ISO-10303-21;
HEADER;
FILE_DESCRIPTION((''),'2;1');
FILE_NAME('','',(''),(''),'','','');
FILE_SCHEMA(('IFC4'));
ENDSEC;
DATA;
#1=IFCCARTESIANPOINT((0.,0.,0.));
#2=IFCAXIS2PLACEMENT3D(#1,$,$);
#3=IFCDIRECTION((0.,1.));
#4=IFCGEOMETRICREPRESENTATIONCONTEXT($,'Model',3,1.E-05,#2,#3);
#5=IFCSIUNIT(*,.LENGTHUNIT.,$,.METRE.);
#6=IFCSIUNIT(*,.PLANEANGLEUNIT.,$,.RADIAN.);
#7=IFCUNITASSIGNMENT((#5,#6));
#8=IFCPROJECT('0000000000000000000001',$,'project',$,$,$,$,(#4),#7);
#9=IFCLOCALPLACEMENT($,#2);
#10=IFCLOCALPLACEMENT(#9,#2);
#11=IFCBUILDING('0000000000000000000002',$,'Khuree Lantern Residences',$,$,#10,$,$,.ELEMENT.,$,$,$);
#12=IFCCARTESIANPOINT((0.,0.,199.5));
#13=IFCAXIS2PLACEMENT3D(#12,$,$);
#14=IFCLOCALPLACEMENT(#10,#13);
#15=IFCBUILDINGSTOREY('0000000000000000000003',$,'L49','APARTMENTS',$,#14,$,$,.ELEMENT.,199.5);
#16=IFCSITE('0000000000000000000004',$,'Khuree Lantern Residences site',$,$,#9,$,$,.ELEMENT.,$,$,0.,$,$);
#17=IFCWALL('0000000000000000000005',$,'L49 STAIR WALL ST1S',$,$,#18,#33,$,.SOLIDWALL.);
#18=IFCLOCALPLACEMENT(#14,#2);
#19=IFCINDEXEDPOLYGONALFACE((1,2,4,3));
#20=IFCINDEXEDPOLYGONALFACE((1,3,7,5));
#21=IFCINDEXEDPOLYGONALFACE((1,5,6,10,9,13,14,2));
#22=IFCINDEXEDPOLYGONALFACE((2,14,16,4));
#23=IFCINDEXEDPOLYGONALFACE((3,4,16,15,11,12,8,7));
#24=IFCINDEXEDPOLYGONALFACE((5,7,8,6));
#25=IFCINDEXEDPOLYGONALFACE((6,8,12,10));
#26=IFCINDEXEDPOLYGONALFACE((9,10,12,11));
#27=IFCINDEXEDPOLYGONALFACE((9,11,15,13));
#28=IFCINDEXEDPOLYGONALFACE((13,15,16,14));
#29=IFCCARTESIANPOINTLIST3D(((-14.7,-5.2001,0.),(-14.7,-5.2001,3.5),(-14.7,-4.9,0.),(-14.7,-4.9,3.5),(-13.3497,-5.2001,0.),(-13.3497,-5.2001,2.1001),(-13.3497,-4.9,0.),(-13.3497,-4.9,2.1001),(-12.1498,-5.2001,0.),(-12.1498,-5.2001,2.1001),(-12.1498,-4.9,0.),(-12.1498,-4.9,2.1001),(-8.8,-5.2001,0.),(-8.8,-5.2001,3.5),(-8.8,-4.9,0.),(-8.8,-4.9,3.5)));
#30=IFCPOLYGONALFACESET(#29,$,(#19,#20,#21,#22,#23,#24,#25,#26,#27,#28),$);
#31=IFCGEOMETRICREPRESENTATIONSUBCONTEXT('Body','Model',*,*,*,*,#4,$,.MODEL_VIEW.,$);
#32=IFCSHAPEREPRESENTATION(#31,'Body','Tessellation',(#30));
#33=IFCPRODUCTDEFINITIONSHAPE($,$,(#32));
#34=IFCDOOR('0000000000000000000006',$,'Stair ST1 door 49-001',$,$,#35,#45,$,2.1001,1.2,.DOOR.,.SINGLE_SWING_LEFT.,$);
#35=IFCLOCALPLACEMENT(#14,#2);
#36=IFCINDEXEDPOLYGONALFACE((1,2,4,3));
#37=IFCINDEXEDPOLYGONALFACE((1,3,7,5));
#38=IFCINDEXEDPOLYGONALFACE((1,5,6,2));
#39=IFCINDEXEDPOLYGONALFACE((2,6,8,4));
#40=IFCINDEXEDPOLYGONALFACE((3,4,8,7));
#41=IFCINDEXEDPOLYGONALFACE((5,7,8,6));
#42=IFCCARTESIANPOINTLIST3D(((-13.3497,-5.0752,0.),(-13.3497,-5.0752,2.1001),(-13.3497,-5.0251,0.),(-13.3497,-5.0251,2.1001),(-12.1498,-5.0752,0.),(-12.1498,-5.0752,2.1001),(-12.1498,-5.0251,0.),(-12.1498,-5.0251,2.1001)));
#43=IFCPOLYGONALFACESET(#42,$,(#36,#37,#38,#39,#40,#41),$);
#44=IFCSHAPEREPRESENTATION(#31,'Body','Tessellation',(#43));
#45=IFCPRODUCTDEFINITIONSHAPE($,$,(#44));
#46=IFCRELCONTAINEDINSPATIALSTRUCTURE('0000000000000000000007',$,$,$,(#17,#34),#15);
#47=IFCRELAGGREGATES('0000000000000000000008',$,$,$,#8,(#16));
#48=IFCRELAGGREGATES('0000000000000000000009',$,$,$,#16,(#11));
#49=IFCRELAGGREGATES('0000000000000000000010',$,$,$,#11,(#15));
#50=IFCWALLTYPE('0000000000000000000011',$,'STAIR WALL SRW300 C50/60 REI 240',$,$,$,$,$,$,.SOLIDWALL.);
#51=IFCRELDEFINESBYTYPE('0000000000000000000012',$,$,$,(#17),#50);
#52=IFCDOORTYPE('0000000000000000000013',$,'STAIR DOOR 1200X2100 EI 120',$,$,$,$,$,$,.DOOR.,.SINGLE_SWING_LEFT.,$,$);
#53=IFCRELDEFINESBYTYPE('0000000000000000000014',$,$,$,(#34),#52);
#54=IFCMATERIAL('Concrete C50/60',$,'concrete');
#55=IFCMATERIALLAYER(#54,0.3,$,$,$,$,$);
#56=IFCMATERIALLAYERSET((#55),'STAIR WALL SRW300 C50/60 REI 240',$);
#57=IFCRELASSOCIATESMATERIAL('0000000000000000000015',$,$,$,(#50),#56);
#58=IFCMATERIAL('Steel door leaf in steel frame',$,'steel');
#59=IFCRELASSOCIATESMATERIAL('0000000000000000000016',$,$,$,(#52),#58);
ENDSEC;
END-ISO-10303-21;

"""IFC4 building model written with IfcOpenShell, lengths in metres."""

from ifc_helpers import new_model, si_unit, direction, frame, frame_2d, origin, place, context, subcontext, project, spatial, rectangle, extrude, material, layer, layer_set, type_object, element, fill, save


model = new_model("IFC4")

# Units and contexts
model_context = context("Model", 3, precision=1e-05, world=origin(), true_north=direction((0.0, 1.0)))
body_context = subcontext(model_context, "Body", "Model", "MODEL_VIEW")
ifc_project = project(units=[si_unit("LENGTHUNIT", "METRE"), si_unit("PLANEANGLEUNIT", "RADIAN")], contexts=[model_context])

# Site, building, storey
site_placement = place(None, origin())
site = spatial("IfcSite", under=ifc_project, at=site_placement, Name="Khuree Lantern Residences site", CompositionType="ELEMENT", RefElevation=0.0)
building_placement = place(site_placement, origin())
building = spatial("IfcBuilding", under=site, at=building_placement, Name="Khuree Lantern Residences", CompositionType="ELEMENT")
storey_placement = place(building_placement, frame((0.0, 0.0, 199.5)))
storey = spatial("IfcBuildingStorey", under=building, at=storey_placement, Name="L49", Description="APARTMENTS", CompositionType="ELEMENT", Elevation=199.5)

# Shared definitions
ifc_material_1 = material(Name="Steel door leaf in steel frame", Category="steel")

# Shared definitions
ifc_material_2 = material(Name="Concrete C50/60", Category="concrete")

# Shared definitions
ifc_layer_1 = layer(ifc_material_2, 0.3)
ifc_layer_set_1 = layer_set([ifc_layer_1], Name="STAIR WALL SRW300 C50/60 REI 240")
wall_type_1 = type_object("IfcWallType", Name="STAIR WALL SRW300 C50/60 REI 240", PredefinedType="SOLIDWALL", material=ifc_layer_set_1)

# Wall, opening, door
wall_1_placement = place(storey_placement, frame((-14.7, -5.05, 0.0), z_axis=(0.0, 0.0, 1.0), x_axis=(1.0, 0.0, 0.0)))
wall_1 = element("IfcWall", 1, at=wall_1_placement, inside=storey, type_object=wall_type_1, Name="L49 STAIR WALL ST1S", PredefinedType="SOLIDWALL", context=body_context, shape_type="SweptSolid", body=[
    extrude(rectangle(XDim=5.8999, YDim=0.3, at=frame_2d((2.95, 0.0))), origin(), (0.0, 0.0, 1.0), 3.5),
])
opening_1_placement = place(wall_1_placement, frame((1.3501, 0.0, 0.0)))
opening_1 = element("IfcOpeningElement", 2, at=opening_1_placement, cuts=wall_1, PredefinedType="OPENING", context=body_context, shape_type="SweptSolid", body=[
    extrude(rectangle(XDim=1.2, YDim=2.1001, at=frame_2d((0.6001, 1.05))), frame((0.0, 0.1602, 0.0), z_axis=(0.0, -1.0, 0.0), x_axis=(1.0, 0.0, 0.0)), (0.0, 0.0, 1.0), 0.3201),
])
door_type_1 = type_object("IfcDoorType", Name="STAIR DOOR 1200X2100 EI 120", OperationType="SINGLE_SWING_LEFT", PredefinedType="DOOR", material=ifc_material_1)
door_1_placement = place(opening_1_placement, origin())
door_1 = element("IfcDoor", 3, at=door_1_placement, inside=storey, type_object=door_type_1, Name="Stair ST1 door 49-001", OperationType="SINGLE_SWING_LEFT", OverallHeight=2.1001, OverallWidth=1.2, PredefinedType="DOOR", context=body_context, shape_type="SweptSolid", body=[
    extrude(rectangle(XDim=1.2, YDim=2.1001, at=frame_2d((0.6001, 1.05))), frame((0.0, 0.0249, 0.0), z_axis=(0.0, -1.0, 0.0), x_axis=(1.0, 0.0, 0.0)), (0.0, 0.0, 1.0), 0.05),
])
fill(opening_1, door_1)

save(model, "model.ifc")
